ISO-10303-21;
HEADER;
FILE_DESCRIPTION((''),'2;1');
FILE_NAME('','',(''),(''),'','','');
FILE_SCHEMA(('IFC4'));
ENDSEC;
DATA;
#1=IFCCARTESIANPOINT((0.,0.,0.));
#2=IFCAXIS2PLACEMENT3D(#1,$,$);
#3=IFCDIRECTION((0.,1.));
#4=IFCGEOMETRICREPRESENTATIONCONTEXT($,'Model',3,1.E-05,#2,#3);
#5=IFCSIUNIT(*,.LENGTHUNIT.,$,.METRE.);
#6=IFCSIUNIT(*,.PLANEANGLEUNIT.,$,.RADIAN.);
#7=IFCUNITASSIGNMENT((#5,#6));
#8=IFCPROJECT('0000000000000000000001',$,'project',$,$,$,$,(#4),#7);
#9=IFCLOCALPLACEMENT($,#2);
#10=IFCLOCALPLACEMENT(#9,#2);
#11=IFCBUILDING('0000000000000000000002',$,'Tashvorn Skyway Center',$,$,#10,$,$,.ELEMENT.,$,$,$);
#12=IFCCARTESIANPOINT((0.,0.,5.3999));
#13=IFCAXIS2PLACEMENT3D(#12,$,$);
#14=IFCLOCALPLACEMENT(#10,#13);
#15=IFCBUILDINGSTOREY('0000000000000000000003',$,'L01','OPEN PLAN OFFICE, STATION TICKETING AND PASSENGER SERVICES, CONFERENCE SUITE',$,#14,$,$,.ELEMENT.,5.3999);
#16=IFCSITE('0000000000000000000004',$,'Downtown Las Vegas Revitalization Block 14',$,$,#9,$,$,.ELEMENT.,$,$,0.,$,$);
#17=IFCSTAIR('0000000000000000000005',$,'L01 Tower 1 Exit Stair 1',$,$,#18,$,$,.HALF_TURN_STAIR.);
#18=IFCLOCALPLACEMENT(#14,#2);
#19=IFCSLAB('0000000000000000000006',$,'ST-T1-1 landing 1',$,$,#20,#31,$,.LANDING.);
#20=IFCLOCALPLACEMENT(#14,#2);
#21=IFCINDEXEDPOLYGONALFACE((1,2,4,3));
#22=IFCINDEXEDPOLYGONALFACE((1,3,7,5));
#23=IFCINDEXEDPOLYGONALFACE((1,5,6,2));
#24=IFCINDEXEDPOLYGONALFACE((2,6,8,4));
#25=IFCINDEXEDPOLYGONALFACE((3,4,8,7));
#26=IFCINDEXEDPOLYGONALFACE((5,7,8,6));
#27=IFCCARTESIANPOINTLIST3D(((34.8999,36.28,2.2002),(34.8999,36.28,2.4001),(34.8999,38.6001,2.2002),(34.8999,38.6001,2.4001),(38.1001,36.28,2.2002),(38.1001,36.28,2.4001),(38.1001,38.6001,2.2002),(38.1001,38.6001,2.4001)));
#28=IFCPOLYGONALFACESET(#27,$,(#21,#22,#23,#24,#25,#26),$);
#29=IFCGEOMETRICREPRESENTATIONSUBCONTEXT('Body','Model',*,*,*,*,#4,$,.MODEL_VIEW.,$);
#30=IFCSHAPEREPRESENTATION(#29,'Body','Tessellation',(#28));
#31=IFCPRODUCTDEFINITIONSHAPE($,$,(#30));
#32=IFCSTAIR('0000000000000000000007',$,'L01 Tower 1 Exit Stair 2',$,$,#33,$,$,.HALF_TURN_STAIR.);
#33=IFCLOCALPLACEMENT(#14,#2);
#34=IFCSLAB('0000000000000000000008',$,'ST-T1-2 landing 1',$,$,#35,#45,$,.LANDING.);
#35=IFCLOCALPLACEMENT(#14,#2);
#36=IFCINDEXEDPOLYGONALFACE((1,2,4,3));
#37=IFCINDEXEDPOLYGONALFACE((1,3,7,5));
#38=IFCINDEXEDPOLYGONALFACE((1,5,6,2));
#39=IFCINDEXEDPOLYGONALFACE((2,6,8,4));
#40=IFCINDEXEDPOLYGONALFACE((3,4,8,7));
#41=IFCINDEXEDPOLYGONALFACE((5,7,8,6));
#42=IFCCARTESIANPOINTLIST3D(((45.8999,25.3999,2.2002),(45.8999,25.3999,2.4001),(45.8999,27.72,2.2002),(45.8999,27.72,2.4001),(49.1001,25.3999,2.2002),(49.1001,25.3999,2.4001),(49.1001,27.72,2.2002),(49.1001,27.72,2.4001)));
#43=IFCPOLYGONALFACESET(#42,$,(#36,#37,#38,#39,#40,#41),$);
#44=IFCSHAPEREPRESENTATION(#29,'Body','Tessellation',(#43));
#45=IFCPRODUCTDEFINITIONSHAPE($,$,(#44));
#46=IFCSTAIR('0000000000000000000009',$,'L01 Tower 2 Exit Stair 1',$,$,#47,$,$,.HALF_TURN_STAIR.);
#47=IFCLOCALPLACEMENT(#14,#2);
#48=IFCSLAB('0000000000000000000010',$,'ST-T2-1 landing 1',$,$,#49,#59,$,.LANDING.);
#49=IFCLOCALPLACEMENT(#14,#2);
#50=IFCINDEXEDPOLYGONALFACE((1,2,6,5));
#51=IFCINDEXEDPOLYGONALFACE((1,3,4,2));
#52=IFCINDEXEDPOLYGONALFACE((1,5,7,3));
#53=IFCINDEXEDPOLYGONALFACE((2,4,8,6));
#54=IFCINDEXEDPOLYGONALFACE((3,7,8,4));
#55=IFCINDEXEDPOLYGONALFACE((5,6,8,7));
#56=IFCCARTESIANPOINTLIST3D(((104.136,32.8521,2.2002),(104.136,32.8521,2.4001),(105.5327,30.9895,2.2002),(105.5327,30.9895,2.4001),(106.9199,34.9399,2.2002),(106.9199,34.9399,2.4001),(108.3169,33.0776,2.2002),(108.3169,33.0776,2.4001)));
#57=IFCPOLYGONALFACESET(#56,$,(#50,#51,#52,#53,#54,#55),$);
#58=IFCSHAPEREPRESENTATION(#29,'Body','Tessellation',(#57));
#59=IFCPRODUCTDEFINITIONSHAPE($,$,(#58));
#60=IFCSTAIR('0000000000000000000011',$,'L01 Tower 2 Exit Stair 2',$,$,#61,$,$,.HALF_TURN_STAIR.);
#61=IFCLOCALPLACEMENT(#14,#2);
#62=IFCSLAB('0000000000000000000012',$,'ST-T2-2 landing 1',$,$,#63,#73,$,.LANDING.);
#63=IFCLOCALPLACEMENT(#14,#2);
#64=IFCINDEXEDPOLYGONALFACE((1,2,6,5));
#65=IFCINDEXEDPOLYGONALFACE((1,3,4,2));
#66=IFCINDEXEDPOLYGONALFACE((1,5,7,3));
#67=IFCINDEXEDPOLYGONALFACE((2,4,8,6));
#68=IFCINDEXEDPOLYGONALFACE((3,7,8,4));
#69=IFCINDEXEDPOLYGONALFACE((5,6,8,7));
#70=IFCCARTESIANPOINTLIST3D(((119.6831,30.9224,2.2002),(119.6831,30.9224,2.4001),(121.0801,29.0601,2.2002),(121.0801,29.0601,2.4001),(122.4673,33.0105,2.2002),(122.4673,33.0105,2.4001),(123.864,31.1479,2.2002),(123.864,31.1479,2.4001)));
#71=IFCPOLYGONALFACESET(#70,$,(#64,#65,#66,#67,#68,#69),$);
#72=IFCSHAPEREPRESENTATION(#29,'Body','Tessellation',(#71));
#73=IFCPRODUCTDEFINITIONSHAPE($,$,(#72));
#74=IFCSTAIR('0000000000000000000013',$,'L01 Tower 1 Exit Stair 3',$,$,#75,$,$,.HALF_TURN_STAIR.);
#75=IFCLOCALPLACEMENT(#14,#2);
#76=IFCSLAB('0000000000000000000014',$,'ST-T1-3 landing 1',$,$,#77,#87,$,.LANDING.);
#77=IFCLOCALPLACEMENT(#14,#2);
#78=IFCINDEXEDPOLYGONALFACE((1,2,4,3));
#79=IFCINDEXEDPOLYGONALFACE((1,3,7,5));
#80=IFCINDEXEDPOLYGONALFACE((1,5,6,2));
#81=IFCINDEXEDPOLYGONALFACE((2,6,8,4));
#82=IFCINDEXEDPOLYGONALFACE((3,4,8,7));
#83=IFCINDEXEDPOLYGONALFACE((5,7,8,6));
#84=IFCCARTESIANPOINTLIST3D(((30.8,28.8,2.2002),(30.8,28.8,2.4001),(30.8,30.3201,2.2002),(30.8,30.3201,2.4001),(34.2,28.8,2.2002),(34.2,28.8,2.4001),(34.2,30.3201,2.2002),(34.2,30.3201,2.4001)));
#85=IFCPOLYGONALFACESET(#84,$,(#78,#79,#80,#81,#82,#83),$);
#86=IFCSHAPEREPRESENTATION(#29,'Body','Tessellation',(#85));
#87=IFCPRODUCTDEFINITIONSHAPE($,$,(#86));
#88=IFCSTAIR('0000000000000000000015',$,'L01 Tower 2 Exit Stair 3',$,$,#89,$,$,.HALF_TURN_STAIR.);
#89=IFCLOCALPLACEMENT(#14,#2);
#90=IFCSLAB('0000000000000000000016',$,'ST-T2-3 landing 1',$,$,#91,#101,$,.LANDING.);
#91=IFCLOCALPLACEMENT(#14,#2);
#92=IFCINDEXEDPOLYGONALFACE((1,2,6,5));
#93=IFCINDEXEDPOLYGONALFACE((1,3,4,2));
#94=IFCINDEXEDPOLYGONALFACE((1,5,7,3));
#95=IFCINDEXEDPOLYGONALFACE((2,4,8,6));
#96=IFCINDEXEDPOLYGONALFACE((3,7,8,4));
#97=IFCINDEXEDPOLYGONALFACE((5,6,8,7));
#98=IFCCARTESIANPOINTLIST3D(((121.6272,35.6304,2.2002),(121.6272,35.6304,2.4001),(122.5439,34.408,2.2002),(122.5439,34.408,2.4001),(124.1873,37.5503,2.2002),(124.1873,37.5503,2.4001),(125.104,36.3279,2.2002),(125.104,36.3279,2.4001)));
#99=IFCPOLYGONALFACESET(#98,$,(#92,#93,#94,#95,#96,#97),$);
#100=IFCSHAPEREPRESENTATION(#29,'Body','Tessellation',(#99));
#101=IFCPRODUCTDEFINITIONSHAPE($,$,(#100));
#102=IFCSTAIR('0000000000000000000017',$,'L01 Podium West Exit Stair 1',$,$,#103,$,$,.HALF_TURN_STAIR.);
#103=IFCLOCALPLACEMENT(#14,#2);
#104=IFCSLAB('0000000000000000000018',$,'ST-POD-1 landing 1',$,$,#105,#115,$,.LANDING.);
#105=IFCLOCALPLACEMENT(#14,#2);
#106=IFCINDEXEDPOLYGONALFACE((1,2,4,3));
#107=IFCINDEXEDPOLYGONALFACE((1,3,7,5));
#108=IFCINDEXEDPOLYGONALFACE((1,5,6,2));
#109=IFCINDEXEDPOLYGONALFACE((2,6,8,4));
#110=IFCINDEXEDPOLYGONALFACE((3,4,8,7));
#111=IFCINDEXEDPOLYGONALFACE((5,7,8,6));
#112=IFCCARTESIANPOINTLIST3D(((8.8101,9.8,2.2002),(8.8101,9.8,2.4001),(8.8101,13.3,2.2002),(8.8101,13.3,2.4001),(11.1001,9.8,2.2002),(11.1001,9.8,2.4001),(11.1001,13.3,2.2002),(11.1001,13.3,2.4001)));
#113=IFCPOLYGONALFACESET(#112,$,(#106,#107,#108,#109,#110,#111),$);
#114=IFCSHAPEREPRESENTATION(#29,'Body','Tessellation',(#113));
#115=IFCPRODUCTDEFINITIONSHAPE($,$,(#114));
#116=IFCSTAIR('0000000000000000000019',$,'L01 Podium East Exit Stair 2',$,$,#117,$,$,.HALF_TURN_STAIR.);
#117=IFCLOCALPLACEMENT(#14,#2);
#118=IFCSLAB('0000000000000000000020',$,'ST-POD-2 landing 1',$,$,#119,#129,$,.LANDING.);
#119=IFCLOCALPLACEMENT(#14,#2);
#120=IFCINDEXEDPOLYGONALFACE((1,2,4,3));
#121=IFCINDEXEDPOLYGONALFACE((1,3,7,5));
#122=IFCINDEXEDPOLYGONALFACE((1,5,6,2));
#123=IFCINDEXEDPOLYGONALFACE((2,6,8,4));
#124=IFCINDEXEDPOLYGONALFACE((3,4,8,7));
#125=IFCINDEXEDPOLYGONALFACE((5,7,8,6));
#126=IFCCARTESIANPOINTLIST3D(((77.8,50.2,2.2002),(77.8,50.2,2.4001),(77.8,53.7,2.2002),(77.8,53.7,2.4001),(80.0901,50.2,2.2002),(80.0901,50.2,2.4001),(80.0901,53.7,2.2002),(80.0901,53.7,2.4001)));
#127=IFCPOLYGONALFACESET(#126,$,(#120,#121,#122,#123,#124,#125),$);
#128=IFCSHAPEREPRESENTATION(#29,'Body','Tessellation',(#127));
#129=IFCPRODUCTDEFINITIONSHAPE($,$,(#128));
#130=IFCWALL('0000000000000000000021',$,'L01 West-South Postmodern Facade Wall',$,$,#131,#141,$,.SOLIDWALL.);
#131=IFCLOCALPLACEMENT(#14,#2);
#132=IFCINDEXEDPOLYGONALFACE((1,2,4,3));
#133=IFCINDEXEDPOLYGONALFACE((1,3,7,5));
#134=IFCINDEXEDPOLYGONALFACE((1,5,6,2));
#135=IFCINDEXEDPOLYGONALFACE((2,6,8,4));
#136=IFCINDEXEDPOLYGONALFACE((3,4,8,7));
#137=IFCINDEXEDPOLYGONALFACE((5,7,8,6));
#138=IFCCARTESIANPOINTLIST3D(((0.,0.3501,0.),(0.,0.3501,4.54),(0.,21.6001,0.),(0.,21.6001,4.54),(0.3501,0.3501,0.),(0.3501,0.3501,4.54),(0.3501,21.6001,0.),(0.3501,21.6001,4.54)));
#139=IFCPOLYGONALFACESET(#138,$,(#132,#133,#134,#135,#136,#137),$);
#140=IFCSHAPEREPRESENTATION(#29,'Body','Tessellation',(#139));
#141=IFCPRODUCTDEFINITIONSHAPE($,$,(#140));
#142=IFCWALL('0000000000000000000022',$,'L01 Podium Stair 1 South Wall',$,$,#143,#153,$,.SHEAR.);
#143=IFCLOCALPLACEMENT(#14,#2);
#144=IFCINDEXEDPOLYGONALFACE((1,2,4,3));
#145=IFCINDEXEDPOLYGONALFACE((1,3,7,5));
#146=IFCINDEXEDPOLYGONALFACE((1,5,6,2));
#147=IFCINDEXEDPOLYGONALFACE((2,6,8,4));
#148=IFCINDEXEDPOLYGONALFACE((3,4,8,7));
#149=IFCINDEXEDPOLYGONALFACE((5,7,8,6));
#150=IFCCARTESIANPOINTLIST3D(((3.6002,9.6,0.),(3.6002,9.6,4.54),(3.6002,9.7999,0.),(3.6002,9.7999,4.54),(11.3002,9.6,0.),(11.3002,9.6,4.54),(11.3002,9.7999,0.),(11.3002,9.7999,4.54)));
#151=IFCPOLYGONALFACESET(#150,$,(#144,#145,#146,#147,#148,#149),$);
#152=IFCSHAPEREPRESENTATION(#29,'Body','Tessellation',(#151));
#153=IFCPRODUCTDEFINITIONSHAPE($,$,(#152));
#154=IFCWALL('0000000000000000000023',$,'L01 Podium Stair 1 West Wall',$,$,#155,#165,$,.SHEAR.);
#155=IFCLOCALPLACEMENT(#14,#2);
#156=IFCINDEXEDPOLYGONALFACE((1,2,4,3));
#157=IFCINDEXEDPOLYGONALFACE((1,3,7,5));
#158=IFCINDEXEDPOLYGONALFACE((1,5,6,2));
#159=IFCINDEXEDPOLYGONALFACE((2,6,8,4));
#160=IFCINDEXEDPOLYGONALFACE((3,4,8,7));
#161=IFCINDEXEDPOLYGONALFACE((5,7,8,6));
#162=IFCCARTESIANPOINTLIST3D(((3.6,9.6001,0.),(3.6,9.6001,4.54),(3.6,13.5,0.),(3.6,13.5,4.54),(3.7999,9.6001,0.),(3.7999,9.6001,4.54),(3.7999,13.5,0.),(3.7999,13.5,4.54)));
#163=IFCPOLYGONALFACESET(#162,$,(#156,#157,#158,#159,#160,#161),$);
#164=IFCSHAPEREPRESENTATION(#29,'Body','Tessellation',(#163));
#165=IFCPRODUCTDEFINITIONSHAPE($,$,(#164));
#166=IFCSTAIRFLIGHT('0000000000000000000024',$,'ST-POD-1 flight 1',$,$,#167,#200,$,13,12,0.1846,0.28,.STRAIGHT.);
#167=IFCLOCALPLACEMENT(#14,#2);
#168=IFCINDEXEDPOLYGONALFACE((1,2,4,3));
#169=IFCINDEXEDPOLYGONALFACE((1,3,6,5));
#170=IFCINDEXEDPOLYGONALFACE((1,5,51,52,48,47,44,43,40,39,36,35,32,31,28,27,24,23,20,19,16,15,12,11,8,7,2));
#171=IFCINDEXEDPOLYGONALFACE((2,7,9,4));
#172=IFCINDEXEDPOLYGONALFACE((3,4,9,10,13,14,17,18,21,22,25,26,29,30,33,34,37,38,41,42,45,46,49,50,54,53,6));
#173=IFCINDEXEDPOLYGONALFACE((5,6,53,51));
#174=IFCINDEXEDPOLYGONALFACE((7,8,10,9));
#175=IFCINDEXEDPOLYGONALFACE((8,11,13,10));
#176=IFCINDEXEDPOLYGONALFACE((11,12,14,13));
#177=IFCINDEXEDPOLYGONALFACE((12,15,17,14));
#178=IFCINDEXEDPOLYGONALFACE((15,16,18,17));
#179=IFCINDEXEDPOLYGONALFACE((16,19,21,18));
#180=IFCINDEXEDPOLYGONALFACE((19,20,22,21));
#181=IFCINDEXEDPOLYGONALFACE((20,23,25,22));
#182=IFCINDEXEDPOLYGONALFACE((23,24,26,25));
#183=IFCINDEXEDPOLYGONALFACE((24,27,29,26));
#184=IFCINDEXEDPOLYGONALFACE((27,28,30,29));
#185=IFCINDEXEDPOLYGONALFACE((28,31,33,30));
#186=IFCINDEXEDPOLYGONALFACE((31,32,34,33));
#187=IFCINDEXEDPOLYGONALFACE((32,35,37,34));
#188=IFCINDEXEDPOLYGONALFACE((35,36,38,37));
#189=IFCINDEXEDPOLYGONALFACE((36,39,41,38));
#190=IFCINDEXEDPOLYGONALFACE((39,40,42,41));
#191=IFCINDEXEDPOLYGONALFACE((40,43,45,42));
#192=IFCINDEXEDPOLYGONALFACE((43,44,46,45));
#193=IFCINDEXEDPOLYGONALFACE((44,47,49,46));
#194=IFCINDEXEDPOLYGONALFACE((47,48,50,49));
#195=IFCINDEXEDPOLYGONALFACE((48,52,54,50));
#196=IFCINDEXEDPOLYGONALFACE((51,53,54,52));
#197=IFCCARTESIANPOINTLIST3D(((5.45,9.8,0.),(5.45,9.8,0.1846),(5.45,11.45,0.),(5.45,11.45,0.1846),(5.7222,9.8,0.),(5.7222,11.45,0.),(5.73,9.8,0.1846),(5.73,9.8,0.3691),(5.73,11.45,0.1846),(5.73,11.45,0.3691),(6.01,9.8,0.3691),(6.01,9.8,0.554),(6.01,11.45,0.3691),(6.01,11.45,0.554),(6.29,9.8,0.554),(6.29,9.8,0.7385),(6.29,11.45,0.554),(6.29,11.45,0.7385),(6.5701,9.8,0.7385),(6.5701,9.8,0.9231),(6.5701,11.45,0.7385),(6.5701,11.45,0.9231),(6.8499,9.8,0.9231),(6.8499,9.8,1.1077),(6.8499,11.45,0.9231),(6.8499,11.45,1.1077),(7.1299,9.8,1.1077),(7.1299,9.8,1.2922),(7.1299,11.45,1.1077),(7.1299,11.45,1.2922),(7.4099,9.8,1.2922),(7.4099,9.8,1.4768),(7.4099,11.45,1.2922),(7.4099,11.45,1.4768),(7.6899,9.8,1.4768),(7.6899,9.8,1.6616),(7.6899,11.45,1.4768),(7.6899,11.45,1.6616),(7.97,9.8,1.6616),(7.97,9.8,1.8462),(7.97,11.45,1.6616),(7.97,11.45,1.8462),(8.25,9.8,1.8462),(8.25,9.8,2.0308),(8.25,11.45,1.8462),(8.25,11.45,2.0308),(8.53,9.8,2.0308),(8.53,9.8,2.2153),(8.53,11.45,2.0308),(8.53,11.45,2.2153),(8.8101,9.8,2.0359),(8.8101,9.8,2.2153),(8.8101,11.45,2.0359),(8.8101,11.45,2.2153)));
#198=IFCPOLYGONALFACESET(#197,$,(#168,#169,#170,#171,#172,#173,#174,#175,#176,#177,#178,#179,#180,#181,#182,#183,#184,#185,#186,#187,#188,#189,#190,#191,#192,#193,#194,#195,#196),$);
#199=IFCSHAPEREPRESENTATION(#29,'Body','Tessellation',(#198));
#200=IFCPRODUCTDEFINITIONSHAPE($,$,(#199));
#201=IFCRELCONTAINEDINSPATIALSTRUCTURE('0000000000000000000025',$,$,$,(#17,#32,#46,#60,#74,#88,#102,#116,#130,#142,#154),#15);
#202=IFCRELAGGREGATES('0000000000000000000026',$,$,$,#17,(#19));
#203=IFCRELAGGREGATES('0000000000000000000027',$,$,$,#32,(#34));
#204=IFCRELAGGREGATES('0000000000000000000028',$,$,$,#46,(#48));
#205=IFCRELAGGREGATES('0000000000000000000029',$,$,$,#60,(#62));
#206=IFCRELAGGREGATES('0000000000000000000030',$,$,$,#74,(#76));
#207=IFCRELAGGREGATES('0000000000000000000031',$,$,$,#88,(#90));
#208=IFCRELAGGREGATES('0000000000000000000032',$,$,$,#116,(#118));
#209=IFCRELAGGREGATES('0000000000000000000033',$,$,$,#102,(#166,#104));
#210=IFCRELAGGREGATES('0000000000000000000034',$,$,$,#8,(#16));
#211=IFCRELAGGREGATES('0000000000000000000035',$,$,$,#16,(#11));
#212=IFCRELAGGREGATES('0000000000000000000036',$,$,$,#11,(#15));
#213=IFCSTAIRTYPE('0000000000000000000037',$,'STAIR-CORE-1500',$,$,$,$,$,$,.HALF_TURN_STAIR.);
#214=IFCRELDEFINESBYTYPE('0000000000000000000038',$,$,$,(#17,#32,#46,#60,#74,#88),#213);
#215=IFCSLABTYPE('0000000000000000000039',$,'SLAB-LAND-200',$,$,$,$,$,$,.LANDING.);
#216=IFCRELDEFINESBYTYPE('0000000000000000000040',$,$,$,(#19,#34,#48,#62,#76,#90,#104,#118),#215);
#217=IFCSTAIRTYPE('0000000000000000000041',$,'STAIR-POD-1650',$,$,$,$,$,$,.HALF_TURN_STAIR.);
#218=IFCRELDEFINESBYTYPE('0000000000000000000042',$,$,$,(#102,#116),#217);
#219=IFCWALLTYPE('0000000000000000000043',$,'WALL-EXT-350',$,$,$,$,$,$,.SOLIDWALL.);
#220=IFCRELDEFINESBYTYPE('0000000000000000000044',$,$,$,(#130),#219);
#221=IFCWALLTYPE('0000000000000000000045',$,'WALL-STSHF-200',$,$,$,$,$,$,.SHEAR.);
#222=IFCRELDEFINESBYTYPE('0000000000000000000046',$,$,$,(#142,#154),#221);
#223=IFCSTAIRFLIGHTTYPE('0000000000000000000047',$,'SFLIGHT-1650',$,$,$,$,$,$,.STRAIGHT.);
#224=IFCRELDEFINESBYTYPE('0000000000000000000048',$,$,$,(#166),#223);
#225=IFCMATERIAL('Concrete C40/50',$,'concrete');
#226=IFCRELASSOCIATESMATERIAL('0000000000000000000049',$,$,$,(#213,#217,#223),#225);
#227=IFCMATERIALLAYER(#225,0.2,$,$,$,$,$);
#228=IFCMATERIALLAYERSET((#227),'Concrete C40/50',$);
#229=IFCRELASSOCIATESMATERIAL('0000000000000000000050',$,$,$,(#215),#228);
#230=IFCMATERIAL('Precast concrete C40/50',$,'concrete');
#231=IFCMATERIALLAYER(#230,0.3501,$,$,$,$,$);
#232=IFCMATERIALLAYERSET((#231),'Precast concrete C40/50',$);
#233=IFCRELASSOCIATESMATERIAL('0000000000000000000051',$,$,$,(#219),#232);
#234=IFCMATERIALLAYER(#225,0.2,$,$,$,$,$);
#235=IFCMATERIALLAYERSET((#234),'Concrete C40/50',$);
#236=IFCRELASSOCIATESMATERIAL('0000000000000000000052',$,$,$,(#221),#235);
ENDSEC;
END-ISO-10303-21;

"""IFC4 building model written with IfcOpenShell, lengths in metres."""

from ifc_helpers import new_model, si_unit, direction, frame, frame_2d, origin, place, context, subcontext, project, spatial, polyline, rectangle, outline, extrude, material, layer, layer_set, type_object, element, aggregate, save


model = new_model("IFC4")

# Units and contexts
model_context = context("Model", 3, precision=1e-05, world=origin(), true_north=direction((0.0, 1.0)))
body_context = subcontext(model_context, "Body", "Model", "MODEL_VIEW")
ifc_project = project(units=[si_unit("LENGTHUNIT", "METRE"), si_unit("PLANEANGLEUNIT", "RADIAN")], contexts=[model_context])

# Site, building, storey
site_placement = place(None, origin())
site = spatial("IfcSite", under=ifc_project, at=site_placement, Name="Downtown Las Vegas Revitalization Block 14", CompositionType="ELEMENT", RefElevation=0.0)
building_placement = place(site_placement, origin())
building = spatial("IfcBuilding", under=site, at=building_placement, Name="Tashvorn Skyway Center", CompositionType="ELEMENT")
storey_placement = place(building_placement, frame((0.0, 0.0, 5.3999)))
storey = spatial("IfcBuildingStorey", under=building, at=storey_placement, Name="L01", Description="OPEN PLAN OFFICE, STATION TICKETING AND PASSENGER SERVICES, CONFERENCE SUITE", CompositionType="ELEMENT", Elevation=5.3999)

# Shared definitions
ifc_material_1 = material(Name="Precast concrete C40/50", Category="concrete")

# Shared definitions
ifc_material_2 = material(Name="Concrete C40/50", Category="concrete")

# Stairs, slabs
stair_type_1 = type_object("IfcStairType", Name="STAIR-CORE-1500", PredefinedType="HALF_TURN_STAIR", material=ifc_material_2)
stair_1_placement = place(storey_placement, origin())
stair_1 = element("IfcStair", 1, at=stair_1_placement, inside=storey, type_object=stair_type_1, Name="L01 Tower 1 Exit Stair 1", PredefinedType="HALF_TURN_STAIR")
ifc_layer_1 = layer(ifc_material_2, 0.2)
ifc_layer_set_1 = layer_set([ifc_layer_1], Name="Concrete C40/50")
slab_type_1 = type_object("IfcSlabType", Name="SLAB-LAND-200", PredefinedType="LANDING", material=ifc_layer_set_1)
slab_1_placement = place(storey_placement, frame((0.0, 0.0, 2.2002)))
slab_1 = element("IfcSlab", 2, at=slab_1_placement, type_object=slab_type_1, Name="ST-T1-1 landing 1", PredefinedType="LANDING", context=body_context, shape_type="SweptSolid", body=[
    extrude(outline(polyline([(38.1001, 36.28), (38.1001, 38.6001), (34.8999, 38.6001), (34.8999, 36.28), (38.1001, 36.28)])), origin(), (0.0, 0.0, 1.0), 0.2),
])
aggregate(stair_1, [slab_1])
stair_2_placement = place(storey_placement, origin())
stair_2 = element("IfcStair", 3, at=stair_2_placement, inside=storey, type_object=stair_type_1, Name="L01 Tower 1 Exit Stair 2", PredefinedType="HALF_TURN_STAIR")
slab_2_placement = place(storey_placement, frame((0.0, 0.0, 2.2002)))
slab_2 = element("IfcSlab", 4, at=slab_2_placement, type_object=slab_type_1, Name="ST-T1-2 landing 1", PredefinedType="LANDING", context=body_context, shape_type="SweptSolid", body=[
    extrude(outline(polyline([(45.8999, 27.72), (45.8999, 25.3999), (49.1001, 25.3999), (49.1001, 27.72), (45.8999, 27.72)])), origin(), (0.0, 0.0, 1.0), 0.2),
])
aggregate(stair_2, [slab_2])
stair_3_placement = place(storey_placement, origin())
stair_3 = element("IfcStair", 5, at=stair_3_placement, inside=storey, type_object=stair_type_1, Name="L01 Tower 2 Exit Stair 1", PredefinedType="HALF_TURN_STAIR")
slab_3_placement = place(storey_placement, frame((0.0, 0.0, 2.2002)))
slab_3 = element("IfcSlab", 6, at=slab_3_placement, type_object=slab_type_1, Name="ST-T2-1 landing 1", PredefinedType="LANDING", context=body_context, shape_type="SweptSolid", body=[
    extrude(outline(polyline([(108.3169, 33.0776), (106.9199, 34.9399), (104.136, 32.8521), (105.5327, 30.9895), (108.3169, 33.0776)])), origin(), (0.0, 0.0, 1.0), 0.2),
])
aggregate(stair_3, [slab_3])
stair_4_placement = place(storey_placement, origin())
stair_4 = element("IfcStair", 7, at=stair_4_placement, inside=storey, type_object=stair_type_1, Name="L01 Tower 2 Exit Stair 2", PredefinedType="HALF_TURN_STAIR")
slab_4_placement = place(storey_placement, frame((0.0, 0.0, 2.2002)))
slab_4 = element("IfcSlab", 8, at=slab_4_placement, type_object=slab_type_1, Name="ST-T2-2 landing 1", PredefinedType="LANDING", context=body_context, shape_type="SweptSolid", body=[
    extrude(outline(polyline([(119.6831, 30.9224), (121.0801, 29.0601), (123.864, 31.1479), (122.4673, 33.0105), (119.6831, 30.9224)])), origin(), (0.0, 0.0, 1.0), 0.2),
])
aggregate(stair_4, [slab_4])
stair_5_placement = place(storey_placement, origin())
stair_5 = element("IfcStair", 9, at=stair_5_placement, inside=storey, type_object=stair_type_1, Name="L01 Tower 1 Exit Stair 3", PredefinedType="HALF_TURN_STAIR")
slab_5_placement = place(storey_placement, frame((0.0, 0.0, 2.2002)))
slab_5 = element("IfcSlab", 10, at=slab_5_placement, type_object=slab_type_1, Name="ST-T1-3 landing 1", PredefinedType="LANDING", context=body_context, shape_type="SweptSolid", body=[
    extrude(outline(polyline([(30.8, 30.3201), (30.8, 28.8), (34.2, 28.8), (34.2, 30.3201), (30.8, 30.3201)])), origin(), (0.0, 0.0, 1.0), 0.2),
])
aggregate(stair_5, [slab_5])
stair_6_placement = place(storey_placement, origin())
stair_6 = element("IfcStair", 11, at=stair_6_placement, inside=storey, type_object=stair_type_1, Name="L01 Tower 2 Exit Stair 3", PredefinedType="HALF_TURN_STAIR")
slab_6_placement = place(storey_placement, frame((0.0, 0.0, 2.2002)))
slab_6 = element("IfcSlab", 12, at=slab_6_placement, type_object=slab_type_1, Name="ST-T2-3 landing 1", PredefinedType="LANDING", context=body_context, shape_type="SweptSolid", body=[
    extrude(outline(polyline([(121.6272, 35.6304), (122.5439, 34.408), (125.104, 36.3279), (124.1873, 37.5503), (121.6272, 35.6304)])), origin(), (0.0, 0.0, 1.0), 0.2),
])
aggregate(stair_6, [slab_6])
stair_type_2 = type_object("IfcStairType", Name="STAIR-POD-1650", PredefinedType="HALF_TURN_STAIR", material=ifc_material_2)
stair_7_placement = place(storey_placement, origin())
stair_7 = element("IfcStair", 13, at=stair_7_placement, inside=storey, type_object=stair_type_2, Name="L01 Podium West Exit Stair 1", PredefinedType="HALF_TURN_STAIR")
slab_7_placement = place(storey_placement, frame((0.0, 0.0, 2.2002)))
slab_7 = element("IfcSlab", 14, at=slab_7_placement, type_object=slab_type_1, Name="ST-POD-1 landing 1", PredefinedType="LANDING", context=body_context, shape_type="SweptSolid", body=[
    extrude(outline(polyline([(8.8101, 9.8), (11.1001, 9.8), (11.1001, 13.3), (8.8101, 13.3), (8.8101, 9.8)])), origin(), (0.0, 0.0, 1.0), 0.2),
])
stair_8_placement = place(storey_placement, origin())
stair_8 = element("IfcStair", 15, at=stair_8_placement, inside=storey, type_object=stair_type_2, Name="L01 Podium East Exit Stair 2", PredefinedType="HALF_TURN_STAIR")
slab_8_placement = place(storey_placement, frame((0.0, 0.0, 2.2002)))
slab_8 = element("IfcSlab", 16, at=slab_8_placement, type_object=slab_type_1, Name="ST-POD-2 landing 1", PredefinedType="LANDING", context=body_context, shape_type="SweptSolid", body=[
    extrude(outline(polyline([(80.0901, 53.7), (77.8, 53.7), (77.8, 50.2), (80.0901, 50.2), (80.0901, 53.7)])), origin(), (0.0, 0.0, 1.0), 0.2),
])
aggregate(stair_8, [slab_8])

# Walls
ifc_layer_2 = layer(ifc_material_1, 0.3501)
ifc_layer_set_2 = layer_set([ifc_layer_2], Name="Precast concrete C40/50")
wall_type_1 = type_object("IfcWallType", Name="WALL-EXT-350", PredefinedType="SOLIDWALL", material=ifc_layer_set_2)
wall_1_placement = place(storey_placement, frame((0.175, 0.3501, 0.0), z_axis=(0.0, 0.0, 1.0), x_axis=(0.0, 1.0, 0.0)))
element("IfcWall", 17, at=wall_1_placement, inside=storey, type_object=wall_type_1, Name="L01 West-South Postmodern Facade Wall", PredefinedType="SOLIDWALL", context=body_context, shape_type="SweptSolid", body=[
    extrude(rectangle(XDim=21.25, YDim=0.3501, at=frame_2d((10.625, 0.0))), origin(), (0.0, 0.0, 1.0), 4.54),
])
ifc_layer_3 = layer(ifc_material_2, 0.2)
ifc_layer_set_3 = layer_set([ifc_layer_3], Name="Concrete C40/50")
wall_type_2 = type_object("IfcWallType", Name="WALL-STSHF-200", PredefinedType="SHEAR", material=ifc_layer_set_3)
wall_2_placement = place(storey_placement, frame((3.6001, 9.7, 0.0), z_axis=(0.0, 0.0, 1.0), x_axis=(1.0, 0.0, 0.0)))
element("IfcWall", 18, at=wall_2_placement, inside=storey, type_object=wall_type_2, Name="L01 Podium Stair 1 South Wall", PredefinedType="SHEAR", context=body_context, shape_type="SweptSolid", body=[
    extrude(rectangle(XDim=7.7, YDim=0.2, at=frame_2d((3.8501, 0.0))), origin(), (0.0, 0.0, 1.0), 4.54),
])
wall_3_placement = place(storey_placement, frame((3.7, 9.6001, 0.0), z_axis=(0.0, 0.0, 1.0), x_axis=(0.0, 1.0, 0.0)))
element("IfcWall", 19, at=wall_3_placement, inside=storey, type_object=wall_type_2, Name="L01 Podium Stair 1 West Wall", PredefinedType="SHEAR", context=body_context, shape_type="SweptSolid", body=[
    extrude(rectangle(XDim=3.8999, YDim=0.2, at=frame_2d((1.95, 0.0))), origin(), (0.0, 0.0, 1.0), 4.54),
])

# Stair flight
stair_flight_type = type_object("IfcStairFlightType", Name="SFLIGHT-1650", PredefinedType="STRAIGHT", material=ifc_material_2)
stair_flight_placement = place(storey_placement, frame((5.45, 10.625, 0.0), z_axis=(0.0, 0.0, 1.0), x_axis=(1.0, 0.0, 0.0)))
stair_flight = element("IfcStairFlight", 20, at=stair_flight_placement, type_object=stair_flight_type, Name="ST-POD-1 flight 1", NumberOfRisers=13, NumberOfTreads=12, PredefinedType="STRAIGHT", RiserHeight=0.1846, TreadLength=0.28, context=body_context, shape_type="SweptSolid", body=[
    extrude(outline(polyline([(0.0, 0.0), (0.0, 0.1846), (0.28, 0.1846), (0.28, 0.3691), (0.5601, 0.3691), (0.5601, 0.554), (0.8401, 0.554), (0.8401, 0.7385), (1.1201, 0.7385), (1.1201, 0.9231), (1.3999, 0.9231), (1.3999, 1.1077), (1.6799, 1.1077), (1.6799, 1.2922), (1.96, 1.2922), (1.96, 1.4768), (2.24, 1.4768), (2.24, 1.6616), (2.52, 1.6616), (2.52, 1.8462), (2.8, 1.8462), (2.8, 2.0308), (3.0801, 2.0308), (3.0801, 2.2153), (3.3601, 2.2153), (3.3601, 2.3999), (3.3601, 2.0359), (0.2722, 0.0), (0.0, 0.0)])), frame((0.0, 0.825, 0.0), z_axis=(0.0, -1.0, 0.0), x_axis=(1.0, 0.0, 0.0)), (0.0, 0.0, 1.0), 1.6499),
])
aggregate(stair_7, [stair_flight, slab_7])

save(model, "model.ifc")
